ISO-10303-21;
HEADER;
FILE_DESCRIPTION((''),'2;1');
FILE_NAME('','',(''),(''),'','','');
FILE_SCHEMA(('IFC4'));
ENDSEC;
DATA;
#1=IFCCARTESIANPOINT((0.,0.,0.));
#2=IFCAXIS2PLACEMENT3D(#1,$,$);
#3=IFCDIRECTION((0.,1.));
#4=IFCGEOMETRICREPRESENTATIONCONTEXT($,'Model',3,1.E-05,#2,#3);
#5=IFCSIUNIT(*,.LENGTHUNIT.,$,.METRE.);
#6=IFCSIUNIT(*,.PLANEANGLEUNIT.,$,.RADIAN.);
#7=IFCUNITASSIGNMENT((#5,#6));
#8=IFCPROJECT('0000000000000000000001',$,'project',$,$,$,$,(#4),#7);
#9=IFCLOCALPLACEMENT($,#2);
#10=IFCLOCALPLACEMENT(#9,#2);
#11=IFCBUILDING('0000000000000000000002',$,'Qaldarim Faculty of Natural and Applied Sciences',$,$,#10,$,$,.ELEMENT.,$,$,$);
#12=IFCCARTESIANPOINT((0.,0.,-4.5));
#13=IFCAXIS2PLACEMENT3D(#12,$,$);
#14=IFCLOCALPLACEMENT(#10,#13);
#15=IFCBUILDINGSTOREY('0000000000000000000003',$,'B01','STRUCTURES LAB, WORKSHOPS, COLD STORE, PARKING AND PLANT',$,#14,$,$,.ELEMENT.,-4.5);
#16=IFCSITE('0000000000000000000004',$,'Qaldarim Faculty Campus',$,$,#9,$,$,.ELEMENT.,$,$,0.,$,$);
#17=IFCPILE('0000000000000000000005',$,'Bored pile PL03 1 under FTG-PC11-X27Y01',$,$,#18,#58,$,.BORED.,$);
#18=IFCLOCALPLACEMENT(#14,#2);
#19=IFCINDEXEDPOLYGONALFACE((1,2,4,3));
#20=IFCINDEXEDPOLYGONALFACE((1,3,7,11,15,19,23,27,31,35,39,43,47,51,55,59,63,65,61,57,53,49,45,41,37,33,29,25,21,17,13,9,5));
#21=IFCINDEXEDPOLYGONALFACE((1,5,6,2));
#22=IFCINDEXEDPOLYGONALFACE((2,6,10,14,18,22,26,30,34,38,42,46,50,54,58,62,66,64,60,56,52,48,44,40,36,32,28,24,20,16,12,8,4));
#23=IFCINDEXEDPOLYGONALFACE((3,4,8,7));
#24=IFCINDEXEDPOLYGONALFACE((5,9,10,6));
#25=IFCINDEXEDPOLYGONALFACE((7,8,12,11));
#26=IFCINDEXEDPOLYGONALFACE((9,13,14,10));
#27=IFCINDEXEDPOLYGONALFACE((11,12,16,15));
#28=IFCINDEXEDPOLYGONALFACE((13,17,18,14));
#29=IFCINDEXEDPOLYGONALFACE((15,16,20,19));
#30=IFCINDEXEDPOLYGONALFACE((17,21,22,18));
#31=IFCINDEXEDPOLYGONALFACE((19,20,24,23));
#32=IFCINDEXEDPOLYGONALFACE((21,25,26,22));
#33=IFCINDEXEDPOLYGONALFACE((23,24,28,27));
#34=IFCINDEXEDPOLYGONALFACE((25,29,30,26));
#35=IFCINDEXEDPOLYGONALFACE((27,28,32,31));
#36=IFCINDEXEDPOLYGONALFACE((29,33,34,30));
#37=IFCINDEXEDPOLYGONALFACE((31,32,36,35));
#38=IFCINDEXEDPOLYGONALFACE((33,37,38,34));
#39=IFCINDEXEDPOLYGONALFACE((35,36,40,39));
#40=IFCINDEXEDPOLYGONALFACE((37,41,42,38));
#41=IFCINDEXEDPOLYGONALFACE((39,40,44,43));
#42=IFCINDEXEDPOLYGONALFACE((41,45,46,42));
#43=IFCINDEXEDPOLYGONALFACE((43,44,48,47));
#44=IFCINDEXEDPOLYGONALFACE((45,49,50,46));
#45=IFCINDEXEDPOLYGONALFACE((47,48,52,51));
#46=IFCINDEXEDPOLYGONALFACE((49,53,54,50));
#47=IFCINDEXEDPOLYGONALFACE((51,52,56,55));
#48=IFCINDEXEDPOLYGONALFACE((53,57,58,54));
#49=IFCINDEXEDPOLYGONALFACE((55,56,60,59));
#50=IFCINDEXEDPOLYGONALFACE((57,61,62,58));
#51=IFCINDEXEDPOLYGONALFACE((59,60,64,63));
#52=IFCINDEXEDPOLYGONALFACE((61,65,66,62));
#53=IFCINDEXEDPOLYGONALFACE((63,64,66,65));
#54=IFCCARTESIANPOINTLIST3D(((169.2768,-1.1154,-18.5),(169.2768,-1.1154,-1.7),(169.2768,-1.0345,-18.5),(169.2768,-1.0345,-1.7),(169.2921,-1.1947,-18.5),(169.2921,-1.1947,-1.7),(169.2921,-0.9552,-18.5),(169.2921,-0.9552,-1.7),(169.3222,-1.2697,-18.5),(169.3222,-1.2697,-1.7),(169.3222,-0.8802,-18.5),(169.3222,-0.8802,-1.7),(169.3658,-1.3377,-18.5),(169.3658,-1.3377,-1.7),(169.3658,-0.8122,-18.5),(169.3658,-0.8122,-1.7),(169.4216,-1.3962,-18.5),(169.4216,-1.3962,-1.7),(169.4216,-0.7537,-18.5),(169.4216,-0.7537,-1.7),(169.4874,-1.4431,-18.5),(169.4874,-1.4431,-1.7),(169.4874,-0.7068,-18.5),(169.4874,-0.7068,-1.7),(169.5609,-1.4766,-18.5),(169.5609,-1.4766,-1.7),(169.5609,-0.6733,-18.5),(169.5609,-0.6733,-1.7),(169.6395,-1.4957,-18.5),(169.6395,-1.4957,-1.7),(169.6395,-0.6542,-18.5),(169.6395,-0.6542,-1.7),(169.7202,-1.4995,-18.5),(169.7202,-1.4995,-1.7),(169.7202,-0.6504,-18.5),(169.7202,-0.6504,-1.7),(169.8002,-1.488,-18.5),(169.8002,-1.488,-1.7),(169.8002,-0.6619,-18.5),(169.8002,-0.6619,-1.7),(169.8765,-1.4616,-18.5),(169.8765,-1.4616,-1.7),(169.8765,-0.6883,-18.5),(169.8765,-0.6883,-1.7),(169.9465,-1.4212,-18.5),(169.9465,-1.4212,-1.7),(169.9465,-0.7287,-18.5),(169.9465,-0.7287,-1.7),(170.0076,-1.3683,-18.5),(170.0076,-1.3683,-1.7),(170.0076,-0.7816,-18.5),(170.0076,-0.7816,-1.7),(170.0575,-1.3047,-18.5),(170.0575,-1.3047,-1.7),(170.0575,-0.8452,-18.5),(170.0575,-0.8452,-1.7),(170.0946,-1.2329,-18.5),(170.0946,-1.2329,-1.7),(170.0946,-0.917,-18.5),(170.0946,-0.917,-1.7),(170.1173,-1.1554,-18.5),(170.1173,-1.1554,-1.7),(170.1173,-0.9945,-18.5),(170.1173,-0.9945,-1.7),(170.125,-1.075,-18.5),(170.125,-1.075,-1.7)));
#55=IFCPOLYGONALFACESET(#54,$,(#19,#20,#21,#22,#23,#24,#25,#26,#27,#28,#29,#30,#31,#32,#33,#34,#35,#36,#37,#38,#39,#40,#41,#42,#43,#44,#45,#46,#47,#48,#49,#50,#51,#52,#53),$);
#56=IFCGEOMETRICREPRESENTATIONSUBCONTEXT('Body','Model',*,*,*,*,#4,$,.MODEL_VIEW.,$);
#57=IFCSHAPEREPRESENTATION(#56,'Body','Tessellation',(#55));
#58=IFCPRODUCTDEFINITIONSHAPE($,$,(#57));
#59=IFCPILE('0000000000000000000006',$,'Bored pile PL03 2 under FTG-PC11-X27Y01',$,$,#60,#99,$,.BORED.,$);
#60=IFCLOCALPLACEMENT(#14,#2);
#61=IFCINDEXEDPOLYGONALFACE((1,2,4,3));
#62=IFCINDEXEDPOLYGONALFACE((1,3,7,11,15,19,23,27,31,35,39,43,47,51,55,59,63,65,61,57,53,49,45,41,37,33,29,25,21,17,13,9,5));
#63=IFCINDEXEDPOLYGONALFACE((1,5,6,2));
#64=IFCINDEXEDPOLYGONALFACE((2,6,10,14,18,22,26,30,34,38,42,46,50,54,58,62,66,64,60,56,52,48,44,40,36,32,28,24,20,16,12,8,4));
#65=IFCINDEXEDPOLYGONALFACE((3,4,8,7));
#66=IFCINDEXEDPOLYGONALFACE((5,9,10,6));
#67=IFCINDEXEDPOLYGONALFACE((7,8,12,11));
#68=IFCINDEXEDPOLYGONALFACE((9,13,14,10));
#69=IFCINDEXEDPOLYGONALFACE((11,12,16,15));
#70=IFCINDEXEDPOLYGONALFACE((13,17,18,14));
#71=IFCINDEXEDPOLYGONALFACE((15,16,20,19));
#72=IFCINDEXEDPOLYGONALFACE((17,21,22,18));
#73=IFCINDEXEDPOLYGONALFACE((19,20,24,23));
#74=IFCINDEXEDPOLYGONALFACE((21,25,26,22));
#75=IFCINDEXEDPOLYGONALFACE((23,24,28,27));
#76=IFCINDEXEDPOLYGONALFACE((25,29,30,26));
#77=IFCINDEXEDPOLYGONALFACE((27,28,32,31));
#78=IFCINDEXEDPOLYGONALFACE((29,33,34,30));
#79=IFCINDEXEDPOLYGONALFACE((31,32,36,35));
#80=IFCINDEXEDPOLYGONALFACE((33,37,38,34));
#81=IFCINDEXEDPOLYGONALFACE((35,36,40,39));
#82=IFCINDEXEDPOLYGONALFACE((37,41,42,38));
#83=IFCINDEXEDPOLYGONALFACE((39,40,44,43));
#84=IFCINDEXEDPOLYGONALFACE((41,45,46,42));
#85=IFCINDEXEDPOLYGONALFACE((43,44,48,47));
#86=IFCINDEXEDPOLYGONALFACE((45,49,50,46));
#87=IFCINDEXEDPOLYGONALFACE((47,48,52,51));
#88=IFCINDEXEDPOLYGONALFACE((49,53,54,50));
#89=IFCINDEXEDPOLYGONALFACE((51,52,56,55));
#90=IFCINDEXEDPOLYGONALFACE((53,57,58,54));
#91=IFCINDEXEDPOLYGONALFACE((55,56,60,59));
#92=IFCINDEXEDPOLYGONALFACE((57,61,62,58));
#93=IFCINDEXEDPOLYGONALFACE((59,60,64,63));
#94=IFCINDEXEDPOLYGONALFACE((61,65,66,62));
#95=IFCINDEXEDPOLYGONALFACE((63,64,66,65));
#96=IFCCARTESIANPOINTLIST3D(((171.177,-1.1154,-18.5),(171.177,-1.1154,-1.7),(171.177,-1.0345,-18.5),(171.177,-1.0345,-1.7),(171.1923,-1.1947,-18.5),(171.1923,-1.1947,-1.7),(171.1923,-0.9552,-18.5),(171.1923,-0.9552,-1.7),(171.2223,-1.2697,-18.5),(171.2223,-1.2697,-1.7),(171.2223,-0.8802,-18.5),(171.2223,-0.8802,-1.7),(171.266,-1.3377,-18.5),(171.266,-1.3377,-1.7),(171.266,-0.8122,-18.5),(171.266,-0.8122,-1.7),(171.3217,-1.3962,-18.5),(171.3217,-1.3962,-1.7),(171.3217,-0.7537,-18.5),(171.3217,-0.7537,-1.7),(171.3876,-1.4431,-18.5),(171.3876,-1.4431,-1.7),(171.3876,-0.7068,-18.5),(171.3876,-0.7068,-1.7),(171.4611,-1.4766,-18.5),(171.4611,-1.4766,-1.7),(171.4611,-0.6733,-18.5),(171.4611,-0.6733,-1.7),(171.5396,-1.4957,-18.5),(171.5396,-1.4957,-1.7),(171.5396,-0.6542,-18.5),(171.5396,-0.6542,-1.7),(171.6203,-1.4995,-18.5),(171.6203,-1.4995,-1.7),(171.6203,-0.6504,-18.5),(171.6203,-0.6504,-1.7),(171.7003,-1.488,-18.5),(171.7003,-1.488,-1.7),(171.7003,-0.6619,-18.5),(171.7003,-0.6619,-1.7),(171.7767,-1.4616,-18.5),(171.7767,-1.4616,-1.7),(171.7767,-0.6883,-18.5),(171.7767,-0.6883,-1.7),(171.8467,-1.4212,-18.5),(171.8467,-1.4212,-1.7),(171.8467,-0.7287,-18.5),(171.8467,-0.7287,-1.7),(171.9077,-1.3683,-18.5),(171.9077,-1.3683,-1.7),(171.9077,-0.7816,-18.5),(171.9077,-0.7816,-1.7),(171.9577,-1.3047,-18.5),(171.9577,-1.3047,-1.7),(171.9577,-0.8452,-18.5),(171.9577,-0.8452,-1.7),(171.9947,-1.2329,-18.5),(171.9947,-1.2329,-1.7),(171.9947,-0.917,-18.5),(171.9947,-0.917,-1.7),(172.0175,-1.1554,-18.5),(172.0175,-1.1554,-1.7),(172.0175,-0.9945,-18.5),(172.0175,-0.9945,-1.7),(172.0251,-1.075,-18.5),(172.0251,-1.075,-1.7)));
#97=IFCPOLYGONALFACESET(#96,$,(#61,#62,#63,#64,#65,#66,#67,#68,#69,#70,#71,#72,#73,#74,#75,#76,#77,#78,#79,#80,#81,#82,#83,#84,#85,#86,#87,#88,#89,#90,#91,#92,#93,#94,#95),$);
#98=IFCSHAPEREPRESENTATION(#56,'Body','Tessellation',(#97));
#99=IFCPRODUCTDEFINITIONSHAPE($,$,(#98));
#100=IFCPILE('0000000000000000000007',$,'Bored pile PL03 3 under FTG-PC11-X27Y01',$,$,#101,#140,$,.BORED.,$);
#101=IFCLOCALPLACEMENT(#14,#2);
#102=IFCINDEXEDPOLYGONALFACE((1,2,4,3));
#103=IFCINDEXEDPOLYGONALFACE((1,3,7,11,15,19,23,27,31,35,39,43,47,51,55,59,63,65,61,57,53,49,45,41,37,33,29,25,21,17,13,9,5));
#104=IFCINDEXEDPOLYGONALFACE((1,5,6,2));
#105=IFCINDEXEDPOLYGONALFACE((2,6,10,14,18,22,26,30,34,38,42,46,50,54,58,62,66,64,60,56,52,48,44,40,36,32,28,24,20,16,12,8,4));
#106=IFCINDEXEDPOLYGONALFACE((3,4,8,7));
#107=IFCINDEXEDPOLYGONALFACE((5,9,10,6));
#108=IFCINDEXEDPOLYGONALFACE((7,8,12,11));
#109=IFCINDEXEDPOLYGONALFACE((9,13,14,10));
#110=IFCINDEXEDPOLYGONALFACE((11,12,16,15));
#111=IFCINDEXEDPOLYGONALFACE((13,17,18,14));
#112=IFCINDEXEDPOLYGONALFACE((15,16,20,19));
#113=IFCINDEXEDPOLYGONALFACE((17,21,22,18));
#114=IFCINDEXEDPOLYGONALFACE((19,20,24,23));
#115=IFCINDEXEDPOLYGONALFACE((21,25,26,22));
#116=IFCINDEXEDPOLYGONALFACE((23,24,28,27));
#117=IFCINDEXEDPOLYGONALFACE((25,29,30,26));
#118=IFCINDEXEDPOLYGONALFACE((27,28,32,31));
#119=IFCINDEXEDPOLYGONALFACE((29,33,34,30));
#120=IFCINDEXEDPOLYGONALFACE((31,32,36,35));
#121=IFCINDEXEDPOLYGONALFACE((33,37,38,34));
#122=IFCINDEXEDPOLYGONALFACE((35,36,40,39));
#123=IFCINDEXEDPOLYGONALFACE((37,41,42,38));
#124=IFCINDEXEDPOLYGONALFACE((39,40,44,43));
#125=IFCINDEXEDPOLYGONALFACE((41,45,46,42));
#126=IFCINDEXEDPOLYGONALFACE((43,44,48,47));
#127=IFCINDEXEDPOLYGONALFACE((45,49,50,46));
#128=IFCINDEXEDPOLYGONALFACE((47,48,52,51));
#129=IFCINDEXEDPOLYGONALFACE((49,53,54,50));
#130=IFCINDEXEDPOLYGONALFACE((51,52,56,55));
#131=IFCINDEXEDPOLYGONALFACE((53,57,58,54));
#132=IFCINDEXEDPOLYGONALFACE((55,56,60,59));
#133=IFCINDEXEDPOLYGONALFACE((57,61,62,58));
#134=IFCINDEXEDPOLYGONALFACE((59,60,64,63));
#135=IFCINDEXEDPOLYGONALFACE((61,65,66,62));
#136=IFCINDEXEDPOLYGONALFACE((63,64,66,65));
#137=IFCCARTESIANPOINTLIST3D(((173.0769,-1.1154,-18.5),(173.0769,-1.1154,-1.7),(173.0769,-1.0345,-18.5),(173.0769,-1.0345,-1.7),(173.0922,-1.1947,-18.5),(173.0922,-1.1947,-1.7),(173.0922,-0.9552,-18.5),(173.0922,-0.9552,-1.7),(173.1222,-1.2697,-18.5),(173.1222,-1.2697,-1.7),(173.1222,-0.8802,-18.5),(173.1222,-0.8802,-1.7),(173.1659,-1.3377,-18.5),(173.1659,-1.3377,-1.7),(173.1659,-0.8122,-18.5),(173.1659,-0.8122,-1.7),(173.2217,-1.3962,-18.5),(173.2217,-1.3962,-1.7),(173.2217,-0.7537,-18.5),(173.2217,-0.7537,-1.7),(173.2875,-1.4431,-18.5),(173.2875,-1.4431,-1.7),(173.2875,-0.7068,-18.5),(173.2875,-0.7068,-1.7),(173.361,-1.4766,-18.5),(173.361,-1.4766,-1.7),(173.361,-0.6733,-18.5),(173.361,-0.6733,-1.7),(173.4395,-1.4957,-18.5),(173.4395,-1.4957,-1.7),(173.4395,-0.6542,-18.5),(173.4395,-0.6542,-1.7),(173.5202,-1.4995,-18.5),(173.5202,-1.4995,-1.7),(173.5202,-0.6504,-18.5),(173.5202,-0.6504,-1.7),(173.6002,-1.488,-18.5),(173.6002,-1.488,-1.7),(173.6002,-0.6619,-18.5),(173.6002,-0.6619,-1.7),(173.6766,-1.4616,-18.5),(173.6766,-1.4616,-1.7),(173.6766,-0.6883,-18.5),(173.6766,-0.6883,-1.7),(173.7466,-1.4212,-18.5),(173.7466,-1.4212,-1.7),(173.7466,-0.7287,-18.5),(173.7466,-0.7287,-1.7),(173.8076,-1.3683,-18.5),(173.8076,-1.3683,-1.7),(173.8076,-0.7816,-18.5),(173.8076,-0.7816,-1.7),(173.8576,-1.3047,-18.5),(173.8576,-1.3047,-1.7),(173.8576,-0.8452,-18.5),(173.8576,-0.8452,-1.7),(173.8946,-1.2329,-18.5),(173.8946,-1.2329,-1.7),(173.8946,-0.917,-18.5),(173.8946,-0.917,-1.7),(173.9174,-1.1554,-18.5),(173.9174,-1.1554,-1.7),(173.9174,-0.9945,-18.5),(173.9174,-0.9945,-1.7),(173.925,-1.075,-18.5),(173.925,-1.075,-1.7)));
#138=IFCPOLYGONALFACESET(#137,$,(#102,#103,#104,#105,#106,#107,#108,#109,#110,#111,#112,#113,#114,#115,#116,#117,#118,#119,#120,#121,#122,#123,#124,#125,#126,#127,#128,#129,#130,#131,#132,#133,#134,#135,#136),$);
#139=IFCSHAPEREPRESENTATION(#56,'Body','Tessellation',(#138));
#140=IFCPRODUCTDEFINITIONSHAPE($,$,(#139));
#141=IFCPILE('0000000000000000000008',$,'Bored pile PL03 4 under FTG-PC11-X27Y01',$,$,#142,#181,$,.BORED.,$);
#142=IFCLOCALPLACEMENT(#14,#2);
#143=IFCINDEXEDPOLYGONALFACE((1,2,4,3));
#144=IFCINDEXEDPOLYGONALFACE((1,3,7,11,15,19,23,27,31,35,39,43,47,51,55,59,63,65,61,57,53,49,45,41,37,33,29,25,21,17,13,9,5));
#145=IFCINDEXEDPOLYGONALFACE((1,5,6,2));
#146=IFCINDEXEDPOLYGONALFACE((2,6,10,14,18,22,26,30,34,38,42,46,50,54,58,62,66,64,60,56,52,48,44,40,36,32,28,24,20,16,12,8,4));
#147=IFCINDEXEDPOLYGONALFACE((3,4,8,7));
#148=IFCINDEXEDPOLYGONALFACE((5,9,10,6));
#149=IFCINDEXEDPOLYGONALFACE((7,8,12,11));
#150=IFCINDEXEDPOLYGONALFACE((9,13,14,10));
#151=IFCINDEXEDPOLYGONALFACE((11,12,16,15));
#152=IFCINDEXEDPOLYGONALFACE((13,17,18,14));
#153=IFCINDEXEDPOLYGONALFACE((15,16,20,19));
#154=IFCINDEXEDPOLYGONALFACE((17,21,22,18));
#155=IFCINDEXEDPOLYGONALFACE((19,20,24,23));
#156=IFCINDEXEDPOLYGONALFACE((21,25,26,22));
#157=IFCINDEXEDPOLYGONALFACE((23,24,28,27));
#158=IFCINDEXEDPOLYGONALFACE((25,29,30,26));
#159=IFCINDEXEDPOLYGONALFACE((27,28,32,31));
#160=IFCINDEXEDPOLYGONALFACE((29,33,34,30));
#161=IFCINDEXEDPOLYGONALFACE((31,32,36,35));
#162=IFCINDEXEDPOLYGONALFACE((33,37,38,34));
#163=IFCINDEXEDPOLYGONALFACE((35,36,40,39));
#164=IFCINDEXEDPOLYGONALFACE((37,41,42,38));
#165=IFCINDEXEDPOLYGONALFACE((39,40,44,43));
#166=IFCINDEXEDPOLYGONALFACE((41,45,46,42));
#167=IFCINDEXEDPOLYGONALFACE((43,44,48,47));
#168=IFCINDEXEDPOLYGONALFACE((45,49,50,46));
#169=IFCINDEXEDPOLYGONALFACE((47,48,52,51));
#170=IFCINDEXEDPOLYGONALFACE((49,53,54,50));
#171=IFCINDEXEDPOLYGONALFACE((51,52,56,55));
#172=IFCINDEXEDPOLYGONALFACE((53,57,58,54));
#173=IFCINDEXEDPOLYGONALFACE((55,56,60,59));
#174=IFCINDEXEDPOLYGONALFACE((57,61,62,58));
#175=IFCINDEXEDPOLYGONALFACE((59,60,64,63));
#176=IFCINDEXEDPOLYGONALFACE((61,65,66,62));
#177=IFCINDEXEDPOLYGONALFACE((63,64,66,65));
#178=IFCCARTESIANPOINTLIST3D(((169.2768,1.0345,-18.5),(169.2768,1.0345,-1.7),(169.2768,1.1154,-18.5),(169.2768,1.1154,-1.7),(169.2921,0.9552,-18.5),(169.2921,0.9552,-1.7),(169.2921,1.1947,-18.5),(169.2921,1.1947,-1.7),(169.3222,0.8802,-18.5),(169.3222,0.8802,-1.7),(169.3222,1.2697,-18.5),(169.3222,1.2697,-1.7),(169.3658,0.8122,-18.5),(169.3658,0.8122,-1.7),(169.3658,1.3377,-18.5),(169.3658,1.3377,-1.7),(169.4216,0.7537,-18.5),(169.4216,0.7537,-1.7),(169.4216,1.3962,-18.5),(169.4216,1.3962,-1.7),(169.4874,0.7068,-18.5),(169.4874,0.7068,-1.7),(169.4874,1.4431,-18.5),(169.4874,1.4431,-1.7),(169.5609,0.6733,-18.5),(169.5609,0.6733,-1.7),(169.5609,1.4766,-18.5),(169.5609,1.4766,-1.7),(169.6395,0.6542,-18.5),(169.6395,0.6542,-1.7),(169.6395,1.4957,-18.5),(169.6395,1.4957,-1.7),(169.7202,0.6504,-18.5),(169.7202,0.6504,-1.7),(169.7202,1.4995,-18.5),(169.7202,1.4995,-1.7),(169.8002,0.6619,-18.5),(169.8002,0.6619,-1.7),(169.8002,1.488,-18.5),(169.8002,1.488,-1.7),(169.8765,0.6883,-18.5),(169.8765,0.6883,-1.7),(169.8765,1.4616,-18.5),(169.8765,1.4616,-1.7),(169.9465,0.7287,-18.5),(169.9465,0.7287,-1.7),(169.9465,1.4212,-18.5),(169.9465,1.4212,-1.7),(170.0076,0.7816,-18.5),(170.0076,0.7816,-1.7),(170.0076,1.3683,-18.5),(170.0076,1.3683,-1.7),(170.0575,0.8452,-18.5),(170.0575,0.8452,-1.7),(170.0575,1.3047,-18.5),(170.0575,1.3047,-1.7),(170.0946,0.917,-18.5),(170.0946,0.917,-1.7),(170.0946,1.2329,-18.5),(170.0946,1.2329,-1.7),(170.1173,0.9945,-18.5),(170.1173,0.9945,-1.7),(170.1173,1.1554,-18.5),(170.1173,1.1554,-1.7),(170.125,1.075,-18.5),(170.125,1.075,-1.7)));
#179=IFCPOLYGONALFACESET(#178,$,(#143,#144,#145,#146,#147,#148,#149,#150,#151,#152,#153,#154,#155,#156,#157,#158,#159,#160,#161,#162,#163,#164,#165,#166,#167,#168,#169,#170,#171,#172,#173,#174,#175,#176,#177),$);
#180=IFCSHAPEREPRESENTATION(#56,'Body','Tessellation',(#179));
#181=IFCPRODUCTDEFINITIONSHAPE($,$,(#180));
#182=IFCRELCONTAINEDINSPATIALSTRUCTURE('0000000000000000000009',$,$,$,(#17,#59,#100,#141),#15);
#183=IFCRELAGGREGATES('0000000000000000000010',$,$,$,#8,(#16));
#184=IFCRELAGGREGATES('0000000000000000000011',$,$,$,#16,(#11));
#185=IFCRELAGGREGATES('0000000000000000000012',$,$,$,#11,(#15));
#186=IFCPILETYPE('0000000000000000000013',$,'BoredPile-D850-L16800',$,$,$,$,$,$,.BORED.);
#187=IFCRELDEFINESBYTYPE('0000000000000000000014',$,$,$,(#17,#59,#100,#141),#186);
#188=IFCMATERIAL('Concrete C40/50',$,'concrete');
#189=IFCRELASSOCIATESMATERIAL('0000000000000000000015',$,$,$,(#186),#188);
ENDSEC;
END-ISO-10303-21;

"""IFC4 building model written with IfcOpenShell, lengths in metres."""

from ifc_helpers import new_model, si_unit, direction, frame, origin, origin_2d, place, context, subcontext, project, spatial, circle, extrude, material, material_profile, profile_set, type_object, element, save


model = new_model("IFC4")

# Units and contexts
model_context = context("Model", 3, precision=1e-05, world=origin(), true_north=direction((0.0, 1.0)))
body_context = subcontext(model_context, "Body", "Model", "MODEL_VIEW")
ifc_project = project(units=[si_unit("LENGTHUNIT", "METRE"), si_unit("PLANEANGLEUNIT", "RADIAN")], contexts=[model_context])

# Site, building, storey
site_placement = place(None, origin())
site = spatial("IfcSite", under=ifc_project, at=site_placement, Name="Qaldarim Faculty Campus", CompositionType="ELEMENT", RefElevation=0.0)
building_placement = place(site_placement, origin())
building = spatial("IfcBuilding", under=site, at=building_placement, Name="Qaldarim Faculty of Natural and Applied Sciences", CompositionType="ELEMENT")
storey_placement = place(building_placement, frame((0.0, 0.0, -4.5)))
storey = spatial("IfcBuildingStorey", under=building, at=storey_placement, Name="B01", Description="STRUCTURES LAB, WORKSHOPS, COLD STORE, PARKING AND PLANT", CompositionType="ELEMENT", Elevation=-4.5)

# Piles
ifc_material_1 = material(Name="Concrete C40/50", Category="concrete")
ifc_material_profile_1 = material_profile(ifc_material_1, circle(Radius=0.425, at=origin_2d()), Name="PILE-D850")
ifc_profile_set_1 = profile_set([ifc_material_profile_1], Name="Concrete C40/50")
pile_type_1 = type_object("IfcPileType", Name="BoredPile-D850-L16800", PredefinedType="BORED", material=ifc_profile_set_1)
for number, where, z_axis, x_axis, name in (
    (1, (169.7, -1.075, -1.7), (0.0, 0.0, -1.0), (1.0, 0.0, 0.0), "Bored pile PL03 1 under FTG-PC11-X27Y01"),
    (2, (171.6001, -1.075, -1.7), (0.0, 0.0, -1.0), (1.0, 0.0, 0.0), "Bored pile PL03 2 under FTG-PC11-X27Y01"),
    (3, (173.5, -1.075, -1.7), (0.0, 0.0, -1.0), (1.0, 0.0, 0.0), "Bored pile PL03 3 under FTG-PC11-X27Y01"),
    (4, (169.7, 1.075, -1.7), (0.0, 0.0, -1.0), (1.0, 0.0, 0.0), "Bored pile PL03 4 under FTG-PC11-X27Y01"),
):
    element("IfcPile", number, at=place(storey_placement, frame(where, z_axis=z_axis, x_axis=x_axis)), inside=storey, type_object=pile_type_1, Name=name, PredefinedType="BORED", context=body_context, shape_type="SweptSolid", body=[
        extrude(circle(Radius=0.425, at=origin_2d()), origin(), (0.0, 0.0, 1.0), 16.8),
    ])

save(model, "model.ifc")
